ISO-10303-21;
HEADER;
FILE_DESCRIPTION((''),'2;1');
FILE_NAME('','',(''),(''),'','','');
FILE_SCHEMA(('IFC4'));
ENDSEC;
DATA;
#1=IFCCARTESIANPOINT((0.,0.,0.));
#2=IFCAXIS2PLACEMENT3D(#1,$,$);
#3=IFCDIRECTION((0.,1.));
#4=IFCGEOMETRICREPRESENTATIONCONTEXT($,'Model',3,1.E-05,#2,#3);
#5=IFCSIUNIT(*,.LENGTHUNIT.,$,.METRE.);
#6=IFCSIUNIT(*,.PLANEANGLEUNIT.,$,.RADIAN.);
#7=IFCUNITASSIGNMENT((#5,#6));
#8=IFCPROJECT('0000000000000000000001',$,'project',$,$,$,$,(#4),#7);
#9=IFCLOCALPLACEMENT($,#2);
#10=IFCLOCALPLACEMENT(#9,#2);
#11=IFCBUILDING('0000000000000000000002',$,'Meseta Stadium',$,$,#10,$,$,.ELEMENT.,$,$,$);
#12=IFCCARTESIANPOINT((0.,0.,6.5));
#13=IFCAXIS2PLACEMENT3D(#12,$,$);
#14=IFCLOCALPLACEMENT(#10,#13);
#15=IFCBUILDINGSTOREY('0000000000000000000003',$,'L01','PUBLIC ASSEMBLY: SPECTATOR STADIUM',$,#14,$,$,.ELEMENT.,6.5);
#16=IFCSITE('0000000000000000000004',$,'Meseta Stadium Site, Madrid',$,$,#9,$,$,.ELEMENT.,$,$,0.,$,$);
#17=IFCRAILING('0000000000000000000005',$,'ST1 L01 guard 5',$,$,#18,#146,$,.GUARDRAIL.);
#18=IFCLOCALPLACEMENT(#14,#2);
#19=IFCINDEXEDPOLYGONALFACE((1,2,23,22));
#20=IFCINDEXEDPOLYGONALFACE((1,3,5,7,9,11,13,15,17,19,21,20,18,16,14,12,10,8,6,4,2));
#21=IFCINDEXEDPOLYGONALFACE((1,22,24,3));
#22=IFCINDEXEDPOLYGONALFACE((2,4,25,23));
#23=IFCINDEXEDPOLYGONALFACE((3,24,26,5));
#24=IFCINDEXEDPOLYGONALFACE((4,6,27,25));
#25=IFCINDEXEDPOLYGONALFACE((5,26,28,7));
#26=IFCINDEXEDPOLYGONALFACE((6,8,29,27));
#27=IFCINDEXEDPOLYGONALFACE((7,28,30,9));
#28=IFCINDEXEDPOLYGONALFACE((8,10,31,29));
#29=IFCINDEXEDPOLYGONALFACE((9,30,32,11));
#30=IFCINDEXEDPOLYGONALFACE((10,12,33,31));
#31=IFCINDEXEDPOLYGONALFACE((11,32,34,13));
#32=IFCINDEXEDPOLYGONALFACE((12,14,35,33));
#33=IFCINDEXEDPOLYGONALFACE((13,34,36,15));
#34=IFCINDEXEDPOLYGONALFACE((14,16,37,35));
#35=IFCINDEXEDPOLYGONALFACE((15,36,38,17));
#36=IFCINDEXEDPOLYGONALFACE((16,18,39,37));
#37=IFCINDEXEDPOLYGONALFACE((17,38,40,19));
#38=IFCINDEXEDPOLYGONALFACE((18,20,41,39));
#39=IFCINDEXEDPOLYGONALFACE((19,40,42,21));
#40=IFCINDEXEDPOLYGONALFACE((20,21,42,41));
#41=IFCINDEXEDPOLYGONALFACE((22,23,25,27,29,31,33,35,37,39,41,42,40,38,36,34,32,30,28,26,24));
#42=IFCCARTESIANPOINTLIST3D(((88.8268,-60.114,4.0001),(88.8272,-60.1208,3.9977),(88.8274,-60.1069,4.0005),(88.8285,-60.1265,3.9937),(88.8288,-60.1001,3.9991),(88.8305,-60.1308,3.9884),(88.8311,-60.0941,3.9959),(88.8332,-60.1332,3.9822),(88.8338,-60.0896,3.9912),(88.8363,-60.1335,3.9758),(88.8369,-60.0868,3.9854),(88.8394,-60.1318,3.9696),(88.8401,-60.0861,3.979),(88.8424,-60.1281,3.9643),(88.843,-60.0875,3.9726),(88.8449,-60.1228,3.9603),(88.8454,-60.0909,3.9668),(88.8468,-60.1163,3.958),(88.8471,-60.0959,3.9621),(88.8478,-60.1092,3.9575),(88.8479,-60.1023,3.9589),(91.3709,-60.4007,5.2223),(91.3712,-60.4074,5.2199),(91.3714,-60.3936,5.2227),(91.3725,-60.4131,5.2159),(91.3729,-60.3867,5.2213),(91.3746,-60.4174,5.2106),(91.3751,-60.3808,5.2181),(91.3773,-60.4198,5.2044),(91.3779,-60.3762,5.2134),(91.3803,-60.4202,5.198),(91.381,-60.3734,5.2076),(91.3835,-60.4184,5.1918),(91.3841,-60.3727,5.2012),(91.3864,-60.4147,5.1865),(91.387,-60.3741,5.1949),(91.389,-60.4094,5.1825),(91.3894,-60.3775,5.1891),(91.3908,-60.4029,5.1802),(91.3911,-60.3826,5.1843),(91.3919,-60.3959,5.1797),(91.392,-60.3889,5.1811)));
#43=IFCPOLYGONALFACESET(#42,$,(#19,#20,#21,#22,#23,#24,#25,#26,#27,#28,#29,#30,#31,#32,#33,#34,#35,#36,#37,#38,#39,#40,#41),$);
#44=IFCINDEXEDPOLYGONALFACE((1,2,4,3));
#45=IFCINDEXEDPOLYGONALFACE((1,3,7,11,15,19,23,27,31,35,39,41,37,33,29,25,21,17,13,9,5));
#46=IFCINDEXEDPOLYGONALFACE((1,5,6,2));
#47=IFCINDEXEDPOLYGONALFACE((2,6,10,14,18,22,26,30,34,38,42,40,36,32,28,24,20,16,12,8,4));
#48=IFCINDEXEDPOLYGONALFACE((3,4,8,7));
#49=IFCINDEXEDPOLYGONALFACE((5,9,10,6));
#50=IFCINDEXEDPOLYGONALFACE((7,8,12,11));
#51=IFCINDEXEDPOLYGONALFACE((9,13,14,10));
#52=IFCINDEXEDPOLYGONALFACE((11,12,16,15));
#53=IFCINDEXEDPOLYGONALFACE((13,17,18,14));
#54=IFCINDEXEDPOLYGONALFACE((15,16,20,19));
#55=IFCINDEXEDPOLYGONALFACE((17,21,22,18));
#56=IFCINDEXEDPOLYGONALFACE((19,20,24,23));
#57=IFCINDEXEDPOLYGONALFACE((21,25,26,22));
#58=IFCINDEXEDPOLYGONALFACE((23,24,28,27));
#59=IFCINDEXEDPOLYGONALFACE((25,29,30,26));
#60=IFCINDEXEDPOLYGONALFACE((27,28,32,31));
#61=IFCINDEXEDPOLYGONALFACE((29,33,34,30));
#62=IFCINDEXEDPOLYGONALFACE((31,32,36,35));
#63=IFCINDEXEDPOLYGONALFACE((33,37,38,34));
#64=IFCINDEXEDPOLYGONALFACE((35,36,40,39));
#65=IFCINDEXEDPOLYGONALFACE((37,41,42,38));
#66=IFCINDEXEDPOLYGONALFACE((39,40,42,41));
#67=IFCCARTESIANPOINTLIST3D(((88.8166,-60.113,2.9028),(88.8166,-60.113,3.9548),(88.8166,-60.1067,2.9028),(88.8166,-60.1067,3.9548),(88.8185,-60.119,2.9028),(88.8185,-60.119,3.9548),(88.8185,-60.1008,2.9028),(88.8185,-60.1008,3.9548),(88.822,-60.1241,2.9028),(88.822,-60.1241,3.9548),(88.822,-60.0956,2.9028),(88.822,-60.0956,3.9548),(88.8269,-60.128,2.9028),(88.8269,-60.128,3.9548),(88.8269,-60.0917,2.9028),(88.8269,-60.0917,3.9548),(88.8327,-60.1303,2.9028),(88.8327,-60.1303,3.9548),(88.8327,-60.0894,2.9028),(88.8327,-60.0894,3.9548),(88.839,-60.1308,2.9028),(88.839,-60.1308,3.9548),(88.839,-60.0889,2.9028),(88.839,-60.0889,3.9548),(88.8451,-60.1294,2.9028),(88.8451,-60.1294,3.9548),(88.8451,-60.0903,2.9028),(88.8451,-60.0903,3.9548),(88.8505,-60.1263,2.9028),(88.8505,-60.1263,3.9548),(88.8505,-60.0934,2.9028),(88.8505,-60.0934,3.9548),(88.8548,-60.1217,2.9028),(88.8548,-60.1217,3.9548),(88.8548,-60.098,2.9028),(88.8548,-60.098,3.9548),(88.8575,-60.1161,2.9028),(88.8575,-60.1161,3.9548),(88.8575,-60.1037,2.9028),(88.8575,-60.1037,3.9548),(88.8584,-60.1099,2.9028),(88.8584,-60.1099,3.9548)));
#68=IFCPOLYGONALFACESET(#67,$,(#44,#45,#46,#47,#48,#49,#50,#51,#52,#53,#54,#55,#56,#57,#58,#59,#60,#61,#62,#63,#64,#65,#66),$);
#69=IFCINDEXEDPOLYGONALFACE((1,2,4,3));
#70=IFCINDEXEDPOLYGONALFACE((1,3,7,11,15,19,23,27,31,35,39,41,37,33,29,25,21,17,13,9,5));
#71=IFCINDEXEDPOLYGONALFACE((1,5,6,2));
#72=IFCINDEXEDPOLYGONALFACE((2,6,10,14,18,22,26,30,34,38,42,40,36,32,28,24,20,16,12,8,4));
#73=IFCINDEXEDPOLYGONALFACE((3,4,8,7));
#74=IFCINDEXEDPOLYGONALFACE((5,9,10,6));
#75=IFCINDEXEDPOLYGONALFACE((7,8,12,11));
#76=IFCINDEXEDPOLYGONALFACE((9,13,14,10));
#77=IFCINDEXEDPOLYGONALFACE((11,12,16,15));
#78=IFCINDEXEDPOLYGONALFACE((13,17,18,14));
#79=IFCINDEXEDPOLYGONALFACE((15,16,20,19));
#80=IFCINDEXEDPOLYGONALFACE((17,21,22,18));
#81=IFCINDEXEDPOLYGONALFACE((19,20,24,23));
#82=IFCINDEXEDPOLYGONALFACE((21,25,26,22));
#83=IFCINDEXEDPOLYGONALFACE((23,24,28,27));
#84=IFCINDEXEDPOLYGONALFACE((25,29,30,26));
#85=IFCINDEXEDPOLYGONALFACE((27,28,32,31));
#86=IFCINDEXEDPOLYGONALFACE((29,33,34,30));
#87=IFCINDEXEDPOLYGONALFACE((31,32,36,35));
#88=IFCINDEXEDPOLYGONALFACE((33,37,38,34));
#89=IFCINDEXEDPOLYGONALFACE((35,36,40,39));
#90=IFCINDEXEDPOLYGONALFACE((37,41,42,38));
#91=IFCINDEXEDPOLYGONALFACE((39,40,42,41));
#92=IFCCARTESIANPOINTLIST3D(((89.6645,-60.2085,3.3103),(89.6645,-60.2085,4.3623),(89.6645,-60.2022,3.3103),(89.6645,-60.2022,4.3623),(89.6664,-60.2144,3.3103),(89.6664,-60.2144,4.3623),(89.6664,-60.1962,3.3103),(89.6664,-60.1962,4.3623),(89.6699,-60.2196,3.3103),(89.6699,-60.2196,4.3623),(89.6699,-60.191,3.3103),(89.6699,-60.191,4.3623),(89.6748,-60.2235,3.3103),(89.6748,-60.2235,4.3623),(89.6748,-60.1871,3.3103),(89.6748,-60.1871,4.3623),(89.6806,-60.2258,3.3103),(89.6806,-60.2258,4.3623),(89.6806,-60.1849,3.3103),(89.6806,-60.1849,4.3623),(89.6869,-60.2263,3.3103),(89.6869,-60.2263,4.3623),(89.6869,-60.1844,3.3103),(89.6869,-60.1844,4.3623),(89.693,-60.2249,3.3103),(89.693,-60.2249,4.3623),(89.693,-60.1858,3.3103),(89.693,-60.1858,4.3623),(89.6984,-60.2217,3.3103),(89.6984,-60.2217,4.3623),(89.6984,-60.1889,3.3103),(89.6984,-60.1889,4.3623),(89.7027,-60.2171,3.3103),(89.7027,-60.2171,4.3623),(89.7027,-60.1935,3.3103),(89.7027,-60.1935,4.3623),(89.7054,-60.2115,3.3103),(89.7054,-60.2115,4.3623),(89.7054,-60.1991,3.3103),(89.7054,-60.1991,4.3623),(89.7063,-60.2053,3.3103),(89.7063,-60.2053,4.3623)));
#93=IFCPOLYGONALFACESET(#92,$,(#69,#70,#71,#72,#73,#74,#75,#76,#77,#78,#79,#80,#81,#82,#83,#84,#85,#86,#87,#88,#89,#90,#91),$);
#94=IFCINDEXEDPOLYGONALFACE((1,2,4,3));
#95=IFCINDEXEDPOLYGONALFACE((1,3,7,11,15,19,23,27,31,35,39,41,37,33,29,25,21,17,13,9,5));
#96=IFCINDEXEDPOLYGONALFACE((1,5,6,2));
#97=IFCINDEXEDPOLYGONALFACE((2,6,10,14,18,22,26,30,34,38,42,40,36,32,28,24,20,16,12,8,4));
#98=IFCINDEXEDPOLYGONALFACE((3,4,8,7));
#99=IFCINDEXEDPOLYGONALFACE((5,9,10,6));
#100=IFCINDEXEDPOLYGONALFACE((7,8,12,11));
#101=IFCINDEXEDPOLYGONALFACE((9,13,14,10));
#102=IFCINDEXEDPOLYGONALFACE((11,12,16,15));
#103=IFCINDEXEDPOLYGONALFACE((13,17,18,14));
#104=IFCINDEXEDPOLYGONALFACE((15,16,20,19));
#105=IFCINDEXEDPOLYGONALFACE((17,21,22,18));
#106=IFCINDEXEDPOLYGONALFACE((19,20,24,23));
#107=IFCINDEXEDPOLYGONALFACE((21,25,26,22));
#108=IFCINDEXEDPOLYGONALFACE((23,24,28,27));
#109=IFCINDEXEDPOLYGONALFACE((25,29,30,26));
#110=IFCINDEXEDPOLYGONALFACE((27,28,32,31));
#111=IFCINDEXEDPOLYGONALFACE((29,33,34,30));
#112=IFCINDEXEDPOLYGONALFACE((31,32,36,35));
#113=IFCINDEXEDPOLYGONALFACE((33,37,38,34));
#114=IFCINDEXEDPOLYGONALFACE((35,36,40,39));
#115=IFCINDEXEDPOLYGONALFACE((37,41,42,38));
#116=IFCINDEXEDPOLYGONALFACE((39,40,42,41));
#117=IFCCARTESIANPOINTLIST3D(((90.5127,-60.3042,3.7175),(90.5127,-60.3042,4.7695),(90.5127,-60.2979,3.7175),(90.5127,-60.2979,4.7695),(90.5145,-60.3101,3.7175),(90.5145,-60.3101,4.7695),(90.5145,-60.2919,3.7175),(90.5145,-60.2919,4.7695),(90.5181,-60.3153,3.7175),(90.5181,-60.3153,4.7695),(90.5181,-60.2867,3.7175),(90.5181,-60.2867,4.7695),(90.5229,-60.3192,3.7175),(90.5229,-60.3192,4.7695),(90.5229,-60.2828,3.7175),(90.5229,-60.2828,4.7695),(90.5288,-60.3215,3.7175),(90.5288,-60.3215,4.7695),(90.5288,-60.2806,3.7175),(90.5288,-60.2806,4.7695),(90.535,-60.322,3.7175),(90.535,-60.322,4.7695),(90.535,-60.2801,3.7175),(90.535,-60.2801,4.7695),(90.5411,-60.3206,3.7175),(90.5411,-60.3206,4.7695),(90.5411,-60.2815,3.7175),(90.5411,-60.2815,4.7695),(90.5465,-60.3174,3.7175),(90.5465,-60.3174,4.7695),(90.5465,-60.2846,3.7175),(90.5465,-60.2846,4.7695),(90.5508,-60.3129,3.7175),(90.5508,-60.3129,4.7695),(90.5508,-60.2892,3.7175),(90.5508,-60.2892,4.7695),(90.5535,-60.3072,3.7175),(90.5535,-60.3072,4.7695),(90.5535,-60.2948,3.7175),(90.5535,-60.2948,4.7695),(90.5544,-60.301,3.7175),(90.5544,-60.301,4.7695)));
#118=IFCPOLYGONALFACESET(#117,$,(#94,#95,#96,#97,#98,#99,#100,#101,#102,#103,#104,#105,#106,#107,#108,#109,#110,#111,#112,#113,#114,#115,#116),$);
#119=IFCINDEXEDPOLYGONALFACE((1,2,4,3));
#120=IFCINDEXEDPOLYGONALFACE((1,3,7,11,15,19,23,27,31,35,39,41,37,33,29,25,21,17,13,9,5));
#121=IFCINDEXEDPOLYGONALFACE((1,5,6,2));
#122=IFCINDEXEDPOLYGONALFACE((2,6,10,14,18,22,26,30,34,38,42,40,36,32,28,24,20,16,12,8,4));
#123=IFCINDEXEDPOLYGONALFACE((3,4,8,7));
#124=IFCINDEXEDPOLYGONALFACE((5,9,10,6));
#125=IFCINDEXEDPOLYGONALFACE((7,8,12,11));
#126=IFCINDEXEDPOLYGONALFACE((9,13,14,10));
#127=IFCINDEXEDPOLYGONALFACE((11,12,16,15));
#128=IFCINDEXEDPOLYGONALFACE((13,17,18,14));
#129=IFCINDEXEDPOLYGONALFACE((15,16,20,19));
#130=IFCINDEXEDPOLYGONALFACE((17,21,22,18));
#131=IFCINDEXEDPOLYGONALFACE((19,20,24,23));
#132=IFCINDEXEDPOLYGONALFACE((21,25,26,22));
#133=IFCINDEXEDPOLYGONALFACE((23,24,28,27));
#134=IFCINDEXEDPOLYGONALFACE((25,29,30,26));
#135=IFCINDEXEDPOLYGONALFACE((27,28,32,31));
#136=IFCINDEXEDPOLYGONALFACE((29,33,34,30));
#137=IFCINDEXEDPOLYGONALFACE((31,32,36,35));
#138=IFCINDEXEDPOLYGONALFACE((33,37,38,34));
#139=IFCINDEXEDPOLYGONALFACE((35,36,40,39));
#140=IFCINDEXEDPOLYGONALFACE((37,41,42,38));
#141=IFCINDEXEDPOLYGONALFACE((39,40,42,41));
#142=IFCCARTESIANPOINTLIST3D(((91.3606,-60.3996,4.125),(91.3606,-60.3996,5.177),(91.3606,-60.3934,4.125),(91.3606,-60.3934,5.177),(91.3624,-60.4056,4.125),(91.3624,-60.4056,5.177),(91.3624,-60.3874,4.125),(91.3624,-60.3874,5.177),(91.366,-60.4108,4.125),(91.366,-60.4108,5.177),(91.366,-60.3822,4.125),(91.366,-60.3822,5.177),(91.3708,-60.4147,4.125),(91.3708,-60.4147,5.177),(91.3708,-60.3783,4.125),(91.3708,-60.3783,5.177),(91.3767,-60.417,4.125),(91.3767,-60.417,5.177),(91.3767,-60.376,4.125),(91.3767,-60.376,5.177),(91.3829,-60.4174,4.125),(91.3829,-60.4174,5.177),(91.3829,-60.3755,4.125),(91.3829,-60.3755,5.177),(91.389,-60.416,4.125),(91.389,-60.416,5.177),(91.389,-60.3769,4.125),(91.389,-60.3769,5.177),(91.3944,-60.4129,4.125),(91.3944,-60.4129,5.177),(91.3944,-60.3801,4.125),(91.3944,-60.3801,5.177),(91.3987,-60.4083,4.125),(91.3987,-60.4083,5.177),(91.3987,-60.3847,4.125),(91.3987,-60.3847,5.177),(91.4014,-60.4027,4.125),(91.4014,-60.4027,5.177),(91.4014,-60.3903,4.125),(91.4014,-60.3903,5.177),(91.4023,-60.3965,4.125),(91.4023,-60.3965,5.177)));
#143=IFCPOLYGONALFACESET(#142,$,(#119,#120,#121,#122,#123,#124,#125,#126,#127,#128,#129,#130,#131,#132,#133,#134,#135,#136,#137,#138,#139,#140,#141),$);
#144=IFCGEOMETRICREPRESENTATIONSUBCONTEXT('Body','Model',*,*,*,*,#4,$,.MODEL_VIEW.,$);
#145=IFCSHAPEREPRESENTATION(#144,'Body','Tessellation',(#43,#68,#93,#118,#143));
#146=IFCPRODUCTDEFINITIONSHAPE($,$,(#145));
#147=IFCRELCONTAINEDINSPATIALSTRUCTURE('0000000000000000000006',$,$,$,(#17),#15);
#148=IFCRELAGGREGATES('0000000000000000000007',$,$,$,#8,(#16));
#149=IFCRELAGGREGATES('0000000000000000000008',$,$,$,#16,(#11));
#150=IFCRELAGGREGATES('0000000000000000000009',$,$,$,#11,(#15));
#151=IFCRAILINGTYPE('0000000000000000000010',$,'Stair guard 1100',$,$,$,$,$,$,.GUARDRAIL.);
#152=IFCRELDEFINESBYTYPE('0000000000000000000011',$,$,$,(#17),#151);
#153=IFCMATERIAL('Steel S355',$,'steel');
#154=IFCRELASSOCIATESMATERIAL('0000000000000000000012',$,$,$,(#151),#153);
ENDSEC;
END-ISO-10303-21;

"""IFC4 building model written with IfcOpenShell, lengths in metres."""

from ifc_helpers import new_model, si_unit, direction, frame, origin, origin_2d, place, context, subcontext, project, spatial, circle, extrude, material, type_object, element, save


model = new_model("IFC4")

# Units and contexts
model_context = context("Model", 3, precision=1e-05, world=origin(), true_north=direction((0.0, 1.0)))
body_context = subcontext(model_context, "Body", "Model", "MODEL_VIEW")
ifc_project = project(units=[si_unit("LENGTHUNIT", "METRE"), si_unit("PLANEANGLEUNIT", "RADIAN")], contexts=[model_context])

# Site, building, storey
site_placement = place(None, origin())
site = spatial("IfcSite", under=ifc_project, at=site_placement, Name="Meseta Stadium Site, Madrid", CompositionType="ELEMENT", RefElevation=0.0)
building_placement = place(site_placement, origin())
building = spatial("IfcBuilding", under=site, at=building_placement, Name="Meseta Stadium", CompositionType="ELEMENT")
storey_placement = place(building_placement, frame((0.0, 0.0, 6.5)))
storey = spatial("IfcBuildingStorey", under=building, at=storey_placement, Name="L01", Description="PUBLIC ASSEMBLY: SPECTATOR STADIUM", CompositionType="ELEMENT", Elevation=6.5)

# Railing
ifc_material_1 = material(Name="Steel S355", Category="steel")
railing_type_1 = type_object("IfcRailingType", Name="Stair guard 1100", PredefinedType="GUARDRAIL", material=ifc_material_1)
railing_1_placement = place(storey_placement, frame((88.8374, -60.1099, 2.9028)))
element("IfcRailing", 1, at=railing_1_placement, inside=storey, type_object=railing_type_1, Name="ST1 L01 guard 5", PredefinedType="GUARDRAIL", context=body_context, shape_type="SweptSolid", body=[
    extrude(circle(Radius=0.0239, at=origin_2d()), frame((0.0, 0.0, 1.0762), z_axis=(0.896762, -0.101036, 0.430824), x_axis=(0.11196, 0.993713, 0.0)), (0.0, 0.0, 1.0), 2.8369),
    extrude(circle(Radius=0.021, at=origin_2d()), origin(), (0.0, 0.0, 1.0), 1.052),
    extrude(circle(Radius=0.021, at=origin_2d()), frame((0.8479, -0.0955, 0.4075)), (0.0, 0.0, 1.0), 1.052),
    extrude(circle(Radius=0.021, at=origin_2d()), frame((1.696, -0.1912, 0.8147)), (0.0, 0.0, 1.0), 1.052),
    extrude(circle(Radius=0.021, at=origin_2d()), frame((2.5439, -0.2866, 1.2222)), (0.0, 0.0, 1.0), 1.052),
])

save(model, "model.ifc")
